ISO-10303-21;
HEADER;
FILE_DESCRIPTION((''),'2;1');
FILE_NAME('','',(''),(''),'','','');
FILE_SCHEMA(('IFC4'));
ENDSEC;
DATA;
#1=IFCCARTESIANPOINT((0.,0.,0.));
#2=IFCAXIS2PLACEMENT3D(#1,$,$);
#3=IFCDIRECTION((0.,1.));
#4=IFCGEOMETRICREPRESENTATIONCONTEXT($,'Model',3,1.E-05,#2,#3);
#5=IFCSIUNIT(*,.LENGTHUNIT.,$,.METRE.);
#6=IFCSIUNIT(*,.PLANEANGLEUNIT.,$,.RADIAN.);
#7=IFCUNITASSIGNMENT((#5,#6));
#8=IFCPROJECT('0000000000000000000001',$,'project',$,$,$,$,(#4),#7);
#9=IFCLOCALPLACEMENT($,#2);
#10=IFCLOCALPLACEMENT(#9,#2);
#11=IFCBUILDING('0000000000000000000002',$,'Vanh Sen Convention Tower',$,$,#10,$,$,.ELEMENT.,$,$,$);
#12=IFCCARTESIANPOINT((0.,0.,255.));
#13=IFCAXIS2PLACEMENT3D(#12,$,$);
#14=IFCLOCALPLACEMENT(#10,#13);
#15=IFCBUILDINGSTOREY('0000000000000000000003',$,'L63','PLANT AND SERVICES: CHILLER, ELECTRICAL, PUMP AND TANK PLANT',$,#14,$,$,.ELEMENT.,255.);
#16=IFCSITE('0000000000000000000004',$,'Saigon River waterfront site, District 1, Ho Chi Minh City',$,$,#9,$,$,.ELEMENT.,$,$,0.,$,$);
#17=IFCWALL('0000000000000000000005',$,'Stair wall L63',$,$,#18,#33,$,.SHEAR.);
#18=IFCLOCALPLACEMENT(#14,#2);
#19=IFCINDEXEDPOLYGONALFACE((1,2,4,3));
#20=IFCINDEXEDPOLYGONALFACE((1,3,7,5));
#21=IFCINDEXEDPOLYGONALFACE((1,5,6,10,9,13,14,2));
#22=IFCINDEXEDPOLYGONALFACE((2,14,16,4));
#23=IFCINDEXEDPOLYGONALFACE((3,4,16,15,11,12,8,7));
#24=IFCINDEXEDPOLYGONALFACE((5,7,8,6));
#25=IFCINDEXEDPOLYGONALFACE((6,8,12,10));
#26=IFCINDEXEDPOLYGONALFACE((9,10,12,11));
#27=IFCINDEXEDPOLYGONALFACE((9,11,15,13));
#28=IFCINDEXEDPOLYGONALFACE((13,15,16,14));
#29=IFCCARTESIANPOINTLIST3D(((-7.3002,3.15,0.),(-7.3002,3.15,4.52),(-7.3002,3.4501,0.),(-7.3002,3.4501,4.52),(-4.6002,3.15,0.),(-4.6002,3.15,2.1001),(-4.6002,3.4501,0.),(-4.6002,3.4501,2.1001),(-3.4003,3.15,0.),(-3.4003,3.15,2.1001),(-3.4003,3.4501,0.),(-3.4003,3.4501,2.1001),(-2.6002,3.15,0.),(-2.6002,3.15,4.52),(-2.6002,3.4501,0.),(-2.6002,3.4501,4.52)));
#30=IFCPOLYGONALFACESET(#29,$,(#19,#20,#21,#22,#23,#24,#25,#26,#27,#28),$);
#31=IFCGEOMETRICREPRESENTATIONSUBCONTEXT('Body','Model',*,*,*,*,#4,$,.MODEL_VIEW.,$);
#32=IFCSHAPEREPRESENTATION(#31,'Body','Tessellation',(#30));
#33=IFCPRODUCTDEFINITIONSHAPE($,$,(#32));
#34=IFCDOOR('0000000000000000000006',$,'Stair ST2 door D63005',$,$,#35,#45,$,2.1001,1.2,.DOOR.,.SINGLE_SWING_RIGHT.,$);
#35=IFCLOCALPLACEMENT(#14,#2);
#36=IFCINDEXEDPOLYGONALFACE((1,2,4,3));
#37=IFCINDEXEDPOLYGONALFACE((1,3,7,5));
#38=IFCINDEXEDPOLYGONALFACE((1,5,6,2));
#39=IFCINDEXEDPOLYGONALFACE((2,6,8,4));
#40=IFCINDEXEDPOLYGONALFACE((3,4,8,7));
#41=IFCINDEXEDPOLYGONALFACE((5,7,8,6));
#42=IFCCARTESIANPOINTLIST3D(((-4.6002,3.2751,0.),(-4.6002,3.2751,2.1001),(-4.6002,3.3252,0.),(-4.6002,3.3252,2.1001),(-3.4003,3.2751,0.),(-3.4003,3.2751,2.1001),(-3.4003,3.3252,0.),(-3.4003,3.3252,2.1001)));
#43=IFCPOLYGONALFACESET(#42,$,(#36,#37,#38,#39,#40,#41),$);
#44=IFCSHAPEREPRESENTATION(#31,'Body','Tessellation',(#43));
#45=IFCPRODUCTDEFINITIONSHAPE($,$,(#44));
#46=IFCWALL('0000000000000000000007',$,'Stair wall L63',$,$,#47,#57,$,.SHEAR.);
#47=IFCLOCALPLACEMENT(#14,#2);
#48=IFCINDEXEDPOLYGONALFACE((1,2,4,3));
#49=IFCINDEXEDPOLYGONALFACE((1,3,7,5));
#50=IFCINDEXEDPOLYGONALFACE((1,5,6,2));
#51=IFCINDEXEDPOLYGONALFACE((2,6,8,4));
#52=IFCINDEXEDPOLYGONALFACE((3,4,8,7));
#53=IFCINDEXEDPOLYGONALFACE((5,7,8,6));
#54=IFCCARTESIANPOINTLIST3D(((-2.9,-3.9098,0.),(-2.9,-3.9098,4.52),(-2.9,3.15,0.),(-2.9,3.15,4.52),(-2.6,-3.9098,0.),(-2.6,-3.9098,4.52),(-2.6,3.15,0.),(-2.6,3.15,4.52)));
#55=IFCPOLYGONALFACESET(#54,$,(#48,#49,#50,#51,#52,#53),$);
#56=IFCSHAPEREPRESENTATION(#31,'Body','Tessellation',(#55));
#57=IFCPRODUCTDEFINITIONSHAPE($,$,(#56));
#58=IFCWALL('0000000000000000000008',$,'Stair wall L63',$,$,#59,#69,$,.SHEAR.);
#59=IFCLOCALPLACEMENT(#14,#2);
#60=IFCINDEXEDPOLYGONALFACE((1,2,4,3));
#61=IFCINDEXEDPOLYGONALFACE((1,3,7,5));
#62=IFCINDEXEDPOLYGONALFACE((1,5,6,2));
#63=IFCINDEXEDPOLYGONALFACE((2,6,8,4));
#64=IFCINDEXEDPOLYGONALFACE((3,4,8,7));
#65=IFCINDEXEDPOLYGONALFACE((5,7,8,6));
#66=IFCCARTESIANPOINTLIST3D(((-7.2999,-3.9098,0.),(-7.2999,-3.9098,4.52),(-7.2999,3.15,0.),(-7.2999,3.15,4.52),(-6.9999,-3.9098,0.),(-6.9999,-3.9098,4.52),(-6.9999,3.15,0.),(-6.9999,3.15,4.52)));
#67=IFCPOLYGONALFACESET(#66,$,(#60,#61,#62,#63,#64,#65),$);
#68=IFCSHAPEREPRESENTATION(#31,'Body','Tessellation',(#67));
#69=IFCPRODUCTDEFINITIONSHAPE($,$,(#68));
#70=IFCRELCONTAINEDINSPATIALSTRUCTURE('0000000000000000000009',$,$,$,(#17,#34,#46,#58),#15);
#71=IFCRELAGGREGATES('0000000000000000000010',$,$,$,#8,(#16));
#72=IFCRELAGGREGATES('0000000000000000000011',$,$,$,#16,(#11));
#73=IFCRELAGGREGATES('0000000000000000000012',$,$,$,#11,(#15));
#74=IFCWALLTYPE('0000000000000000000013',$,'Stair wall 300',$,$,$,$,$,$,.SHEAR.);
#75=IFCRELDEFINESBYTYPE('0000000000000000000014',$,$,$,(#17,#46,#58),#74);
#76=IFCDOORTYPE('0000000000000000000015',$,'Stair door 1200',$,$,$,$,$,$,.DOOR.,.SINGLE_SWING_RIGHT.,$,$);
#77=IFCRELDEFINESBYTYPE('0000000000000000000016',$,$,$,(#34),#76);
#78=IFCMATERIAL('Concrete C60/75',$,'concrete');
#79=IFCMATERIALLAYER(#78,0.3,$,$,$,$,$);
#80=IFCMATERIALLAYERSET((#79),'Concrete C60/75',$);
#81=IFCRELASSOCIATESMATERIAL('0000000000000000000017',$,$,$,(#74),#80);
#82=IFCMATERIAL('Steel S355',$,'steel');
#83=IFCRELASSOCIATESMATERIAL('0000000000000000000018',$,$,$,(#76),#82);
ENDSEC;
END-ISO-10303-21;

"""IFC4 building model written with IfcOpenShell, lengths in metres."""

from ifc_helpers import new_model, si_unit, direction, frame, frame_2d, origin, place, context, subcontext, project, spatial, rectangle, extrude, material, layer, layer_set, type_object, element, fill, save


model = new_model("IFC4")

# Units and contexts
model_context = context("Model", 3, precision=1e-05, world=origin(), true_north=direction((0.0, 1.0)))
body_context = subcontext(model_context, "Body", "Model", "MODEL_VIEW")
ifc_project = project(units=[si_unit("LENGTHUNIT", "METRE"), si_unit("PLANEANGLEUNIT", "RADIAN")], contexts=[model_context])

# Site, building, storey
site_placement = place(None, origin())
site = spatial("IfcSite", under=ifc_project, at=site_placement, Name="Saigon River waterfront site, District 1, Ho Chi Minh City", CompositionType="ELEMENT", RefElevation=0.0)
building_placement = place(site_placement, origin())
building = spatial("IfcBuilding", under=site, at=building_placement, Name="Vanh Sen Convention Tower", CompositionType="ELEMENT")
storey_placement = place(building_placement, frame((0.0, 0.0, 255.0)))
storey = spatial("IfcBuildingStorey", under=building, at=storey_placement, Name="L63", Description="PLANT AND SERVICES: CHILLER, ELECTRICAL, PUMP AND TANK PLANT", CompositionType="ELEMENT", Elevation=255.0)

# Shared definitions
ifc_material_1 = material(Name="Concrete C60/75", Category="concrete")

# Shared definitions
ifc_material_2 = material(Name="Steel S355", Category="steel")

# Shared definitions
ifc_layer_1 = layer(ifc_material_1, 0.3)
ifc_layer_set_1 = layer_set([ifc_layer_1], Name="Concrete C60/75")
wall_type_1 = type_object("IfcWallType", Name="Stair wall 300", PredefinedType="SHEAR", material=ifc_layer_set_1)

# Wall, opening, door
wall_1_placement = place(storey_placement, frame((-2.6001, 3.3, 0.0), z_axis=(0.0, 0.0, 1.0), x_axis=(-1.0, 0.0, 0.0)))
wall_1 = element("IfcWall", 1, at=wall_1_placement, inside=storey, type_object=wall_type_1, Name="Stair wall L63", PredefinedType="SHEAR", context=body_context, shape_type="SweptSolid", body=[
    extrude(rectangle(XDim=4.7, YDim=0.3, at=frame_2d((2.3501, 0.0))), origin(), (0.0, 0.0, 1.0), 4.52),
])
opening_1_placement = place(wall_1_placement, frame((0.8, 0.0, 0.0)))
opening_1 = element("IfcOpeningElement", 2, at=opening_1_placement, cuts=wall_1, PredefinedType="OPENING", context=body_context, shape_type="SweptSolid", body=[
    extrude(rectangle(XDim=1.2, YDim=2.1001, at=frame_2d((0.6001, 1.05))), frame((0.0, 0.1599, 0.0), z_axis=(0.0, -1.0, 0.0), x_axis=(1.0, 0.0, 0.0)), (0.0, 0.0, 1.0), 0.3201),
])
door_type_1 = type_object("IfcDoorType", Name="Stair door 1200", OperationType="SINGLE_SWING_RIGHT", PredefinedType="DOOR", material=ifc_material_2)
door_1_placement = place(opening_1_placement, origin())
door_1 = element("IfcDoor", 3, at=door_1_placement, inside=storey, type_object=door_type_1, Name="Stair ST2 door D63005", OperationType="SINGLE_SWING_RIGHT", OverallHeight=2.1001, OverallWidth=1.2, PredefinedType="DOOR", context=body_context, shape_type="SweptSolid", body=[
    extrude(rectangle(XDim=1.2, YDim=2.1001, at=frame_2d((0.6001, 1.05))), frame((0.0, 0.0249, 0.0), z_axis=(0.0, -1.0, 0.0), x_axis=(1.0, 0.0, 0.0)), (0.0, 0.0, 1.0), 0.05),
])
fill(opening_1, door_1)

# Walls
for number, where, z_axis, x_axis, name in (
    (4, (-2.75, 3.1499, 0.0), (0.0, 0.0, 1.0), (0.0, -1.0, 0.0), "Stair wall L63"),
    (5, (-7.1499, 3.1499, 0.0), (0.0, 0.0, 1.0), (0.0, -1.0, 0.0), "Stair wall L63"),
):
    element("IfcWall", number, at=place(storey_placement, frame(where, z_axis=z_axis, x_axis=x_axis)), inside=storey, type_object=wall_type_1, Name=name, PredefinedType="SHEAR", context=body_context, shape_type="SweptSolid", body=[
        extrude(rectangle(XDim=7.0598, YDim=0.3, at=frame_2d((3.5298, 0.0))), origin(), (0.0, 0.0, 1.0), 4.52),
    ])

save(model, "model.ifc")
